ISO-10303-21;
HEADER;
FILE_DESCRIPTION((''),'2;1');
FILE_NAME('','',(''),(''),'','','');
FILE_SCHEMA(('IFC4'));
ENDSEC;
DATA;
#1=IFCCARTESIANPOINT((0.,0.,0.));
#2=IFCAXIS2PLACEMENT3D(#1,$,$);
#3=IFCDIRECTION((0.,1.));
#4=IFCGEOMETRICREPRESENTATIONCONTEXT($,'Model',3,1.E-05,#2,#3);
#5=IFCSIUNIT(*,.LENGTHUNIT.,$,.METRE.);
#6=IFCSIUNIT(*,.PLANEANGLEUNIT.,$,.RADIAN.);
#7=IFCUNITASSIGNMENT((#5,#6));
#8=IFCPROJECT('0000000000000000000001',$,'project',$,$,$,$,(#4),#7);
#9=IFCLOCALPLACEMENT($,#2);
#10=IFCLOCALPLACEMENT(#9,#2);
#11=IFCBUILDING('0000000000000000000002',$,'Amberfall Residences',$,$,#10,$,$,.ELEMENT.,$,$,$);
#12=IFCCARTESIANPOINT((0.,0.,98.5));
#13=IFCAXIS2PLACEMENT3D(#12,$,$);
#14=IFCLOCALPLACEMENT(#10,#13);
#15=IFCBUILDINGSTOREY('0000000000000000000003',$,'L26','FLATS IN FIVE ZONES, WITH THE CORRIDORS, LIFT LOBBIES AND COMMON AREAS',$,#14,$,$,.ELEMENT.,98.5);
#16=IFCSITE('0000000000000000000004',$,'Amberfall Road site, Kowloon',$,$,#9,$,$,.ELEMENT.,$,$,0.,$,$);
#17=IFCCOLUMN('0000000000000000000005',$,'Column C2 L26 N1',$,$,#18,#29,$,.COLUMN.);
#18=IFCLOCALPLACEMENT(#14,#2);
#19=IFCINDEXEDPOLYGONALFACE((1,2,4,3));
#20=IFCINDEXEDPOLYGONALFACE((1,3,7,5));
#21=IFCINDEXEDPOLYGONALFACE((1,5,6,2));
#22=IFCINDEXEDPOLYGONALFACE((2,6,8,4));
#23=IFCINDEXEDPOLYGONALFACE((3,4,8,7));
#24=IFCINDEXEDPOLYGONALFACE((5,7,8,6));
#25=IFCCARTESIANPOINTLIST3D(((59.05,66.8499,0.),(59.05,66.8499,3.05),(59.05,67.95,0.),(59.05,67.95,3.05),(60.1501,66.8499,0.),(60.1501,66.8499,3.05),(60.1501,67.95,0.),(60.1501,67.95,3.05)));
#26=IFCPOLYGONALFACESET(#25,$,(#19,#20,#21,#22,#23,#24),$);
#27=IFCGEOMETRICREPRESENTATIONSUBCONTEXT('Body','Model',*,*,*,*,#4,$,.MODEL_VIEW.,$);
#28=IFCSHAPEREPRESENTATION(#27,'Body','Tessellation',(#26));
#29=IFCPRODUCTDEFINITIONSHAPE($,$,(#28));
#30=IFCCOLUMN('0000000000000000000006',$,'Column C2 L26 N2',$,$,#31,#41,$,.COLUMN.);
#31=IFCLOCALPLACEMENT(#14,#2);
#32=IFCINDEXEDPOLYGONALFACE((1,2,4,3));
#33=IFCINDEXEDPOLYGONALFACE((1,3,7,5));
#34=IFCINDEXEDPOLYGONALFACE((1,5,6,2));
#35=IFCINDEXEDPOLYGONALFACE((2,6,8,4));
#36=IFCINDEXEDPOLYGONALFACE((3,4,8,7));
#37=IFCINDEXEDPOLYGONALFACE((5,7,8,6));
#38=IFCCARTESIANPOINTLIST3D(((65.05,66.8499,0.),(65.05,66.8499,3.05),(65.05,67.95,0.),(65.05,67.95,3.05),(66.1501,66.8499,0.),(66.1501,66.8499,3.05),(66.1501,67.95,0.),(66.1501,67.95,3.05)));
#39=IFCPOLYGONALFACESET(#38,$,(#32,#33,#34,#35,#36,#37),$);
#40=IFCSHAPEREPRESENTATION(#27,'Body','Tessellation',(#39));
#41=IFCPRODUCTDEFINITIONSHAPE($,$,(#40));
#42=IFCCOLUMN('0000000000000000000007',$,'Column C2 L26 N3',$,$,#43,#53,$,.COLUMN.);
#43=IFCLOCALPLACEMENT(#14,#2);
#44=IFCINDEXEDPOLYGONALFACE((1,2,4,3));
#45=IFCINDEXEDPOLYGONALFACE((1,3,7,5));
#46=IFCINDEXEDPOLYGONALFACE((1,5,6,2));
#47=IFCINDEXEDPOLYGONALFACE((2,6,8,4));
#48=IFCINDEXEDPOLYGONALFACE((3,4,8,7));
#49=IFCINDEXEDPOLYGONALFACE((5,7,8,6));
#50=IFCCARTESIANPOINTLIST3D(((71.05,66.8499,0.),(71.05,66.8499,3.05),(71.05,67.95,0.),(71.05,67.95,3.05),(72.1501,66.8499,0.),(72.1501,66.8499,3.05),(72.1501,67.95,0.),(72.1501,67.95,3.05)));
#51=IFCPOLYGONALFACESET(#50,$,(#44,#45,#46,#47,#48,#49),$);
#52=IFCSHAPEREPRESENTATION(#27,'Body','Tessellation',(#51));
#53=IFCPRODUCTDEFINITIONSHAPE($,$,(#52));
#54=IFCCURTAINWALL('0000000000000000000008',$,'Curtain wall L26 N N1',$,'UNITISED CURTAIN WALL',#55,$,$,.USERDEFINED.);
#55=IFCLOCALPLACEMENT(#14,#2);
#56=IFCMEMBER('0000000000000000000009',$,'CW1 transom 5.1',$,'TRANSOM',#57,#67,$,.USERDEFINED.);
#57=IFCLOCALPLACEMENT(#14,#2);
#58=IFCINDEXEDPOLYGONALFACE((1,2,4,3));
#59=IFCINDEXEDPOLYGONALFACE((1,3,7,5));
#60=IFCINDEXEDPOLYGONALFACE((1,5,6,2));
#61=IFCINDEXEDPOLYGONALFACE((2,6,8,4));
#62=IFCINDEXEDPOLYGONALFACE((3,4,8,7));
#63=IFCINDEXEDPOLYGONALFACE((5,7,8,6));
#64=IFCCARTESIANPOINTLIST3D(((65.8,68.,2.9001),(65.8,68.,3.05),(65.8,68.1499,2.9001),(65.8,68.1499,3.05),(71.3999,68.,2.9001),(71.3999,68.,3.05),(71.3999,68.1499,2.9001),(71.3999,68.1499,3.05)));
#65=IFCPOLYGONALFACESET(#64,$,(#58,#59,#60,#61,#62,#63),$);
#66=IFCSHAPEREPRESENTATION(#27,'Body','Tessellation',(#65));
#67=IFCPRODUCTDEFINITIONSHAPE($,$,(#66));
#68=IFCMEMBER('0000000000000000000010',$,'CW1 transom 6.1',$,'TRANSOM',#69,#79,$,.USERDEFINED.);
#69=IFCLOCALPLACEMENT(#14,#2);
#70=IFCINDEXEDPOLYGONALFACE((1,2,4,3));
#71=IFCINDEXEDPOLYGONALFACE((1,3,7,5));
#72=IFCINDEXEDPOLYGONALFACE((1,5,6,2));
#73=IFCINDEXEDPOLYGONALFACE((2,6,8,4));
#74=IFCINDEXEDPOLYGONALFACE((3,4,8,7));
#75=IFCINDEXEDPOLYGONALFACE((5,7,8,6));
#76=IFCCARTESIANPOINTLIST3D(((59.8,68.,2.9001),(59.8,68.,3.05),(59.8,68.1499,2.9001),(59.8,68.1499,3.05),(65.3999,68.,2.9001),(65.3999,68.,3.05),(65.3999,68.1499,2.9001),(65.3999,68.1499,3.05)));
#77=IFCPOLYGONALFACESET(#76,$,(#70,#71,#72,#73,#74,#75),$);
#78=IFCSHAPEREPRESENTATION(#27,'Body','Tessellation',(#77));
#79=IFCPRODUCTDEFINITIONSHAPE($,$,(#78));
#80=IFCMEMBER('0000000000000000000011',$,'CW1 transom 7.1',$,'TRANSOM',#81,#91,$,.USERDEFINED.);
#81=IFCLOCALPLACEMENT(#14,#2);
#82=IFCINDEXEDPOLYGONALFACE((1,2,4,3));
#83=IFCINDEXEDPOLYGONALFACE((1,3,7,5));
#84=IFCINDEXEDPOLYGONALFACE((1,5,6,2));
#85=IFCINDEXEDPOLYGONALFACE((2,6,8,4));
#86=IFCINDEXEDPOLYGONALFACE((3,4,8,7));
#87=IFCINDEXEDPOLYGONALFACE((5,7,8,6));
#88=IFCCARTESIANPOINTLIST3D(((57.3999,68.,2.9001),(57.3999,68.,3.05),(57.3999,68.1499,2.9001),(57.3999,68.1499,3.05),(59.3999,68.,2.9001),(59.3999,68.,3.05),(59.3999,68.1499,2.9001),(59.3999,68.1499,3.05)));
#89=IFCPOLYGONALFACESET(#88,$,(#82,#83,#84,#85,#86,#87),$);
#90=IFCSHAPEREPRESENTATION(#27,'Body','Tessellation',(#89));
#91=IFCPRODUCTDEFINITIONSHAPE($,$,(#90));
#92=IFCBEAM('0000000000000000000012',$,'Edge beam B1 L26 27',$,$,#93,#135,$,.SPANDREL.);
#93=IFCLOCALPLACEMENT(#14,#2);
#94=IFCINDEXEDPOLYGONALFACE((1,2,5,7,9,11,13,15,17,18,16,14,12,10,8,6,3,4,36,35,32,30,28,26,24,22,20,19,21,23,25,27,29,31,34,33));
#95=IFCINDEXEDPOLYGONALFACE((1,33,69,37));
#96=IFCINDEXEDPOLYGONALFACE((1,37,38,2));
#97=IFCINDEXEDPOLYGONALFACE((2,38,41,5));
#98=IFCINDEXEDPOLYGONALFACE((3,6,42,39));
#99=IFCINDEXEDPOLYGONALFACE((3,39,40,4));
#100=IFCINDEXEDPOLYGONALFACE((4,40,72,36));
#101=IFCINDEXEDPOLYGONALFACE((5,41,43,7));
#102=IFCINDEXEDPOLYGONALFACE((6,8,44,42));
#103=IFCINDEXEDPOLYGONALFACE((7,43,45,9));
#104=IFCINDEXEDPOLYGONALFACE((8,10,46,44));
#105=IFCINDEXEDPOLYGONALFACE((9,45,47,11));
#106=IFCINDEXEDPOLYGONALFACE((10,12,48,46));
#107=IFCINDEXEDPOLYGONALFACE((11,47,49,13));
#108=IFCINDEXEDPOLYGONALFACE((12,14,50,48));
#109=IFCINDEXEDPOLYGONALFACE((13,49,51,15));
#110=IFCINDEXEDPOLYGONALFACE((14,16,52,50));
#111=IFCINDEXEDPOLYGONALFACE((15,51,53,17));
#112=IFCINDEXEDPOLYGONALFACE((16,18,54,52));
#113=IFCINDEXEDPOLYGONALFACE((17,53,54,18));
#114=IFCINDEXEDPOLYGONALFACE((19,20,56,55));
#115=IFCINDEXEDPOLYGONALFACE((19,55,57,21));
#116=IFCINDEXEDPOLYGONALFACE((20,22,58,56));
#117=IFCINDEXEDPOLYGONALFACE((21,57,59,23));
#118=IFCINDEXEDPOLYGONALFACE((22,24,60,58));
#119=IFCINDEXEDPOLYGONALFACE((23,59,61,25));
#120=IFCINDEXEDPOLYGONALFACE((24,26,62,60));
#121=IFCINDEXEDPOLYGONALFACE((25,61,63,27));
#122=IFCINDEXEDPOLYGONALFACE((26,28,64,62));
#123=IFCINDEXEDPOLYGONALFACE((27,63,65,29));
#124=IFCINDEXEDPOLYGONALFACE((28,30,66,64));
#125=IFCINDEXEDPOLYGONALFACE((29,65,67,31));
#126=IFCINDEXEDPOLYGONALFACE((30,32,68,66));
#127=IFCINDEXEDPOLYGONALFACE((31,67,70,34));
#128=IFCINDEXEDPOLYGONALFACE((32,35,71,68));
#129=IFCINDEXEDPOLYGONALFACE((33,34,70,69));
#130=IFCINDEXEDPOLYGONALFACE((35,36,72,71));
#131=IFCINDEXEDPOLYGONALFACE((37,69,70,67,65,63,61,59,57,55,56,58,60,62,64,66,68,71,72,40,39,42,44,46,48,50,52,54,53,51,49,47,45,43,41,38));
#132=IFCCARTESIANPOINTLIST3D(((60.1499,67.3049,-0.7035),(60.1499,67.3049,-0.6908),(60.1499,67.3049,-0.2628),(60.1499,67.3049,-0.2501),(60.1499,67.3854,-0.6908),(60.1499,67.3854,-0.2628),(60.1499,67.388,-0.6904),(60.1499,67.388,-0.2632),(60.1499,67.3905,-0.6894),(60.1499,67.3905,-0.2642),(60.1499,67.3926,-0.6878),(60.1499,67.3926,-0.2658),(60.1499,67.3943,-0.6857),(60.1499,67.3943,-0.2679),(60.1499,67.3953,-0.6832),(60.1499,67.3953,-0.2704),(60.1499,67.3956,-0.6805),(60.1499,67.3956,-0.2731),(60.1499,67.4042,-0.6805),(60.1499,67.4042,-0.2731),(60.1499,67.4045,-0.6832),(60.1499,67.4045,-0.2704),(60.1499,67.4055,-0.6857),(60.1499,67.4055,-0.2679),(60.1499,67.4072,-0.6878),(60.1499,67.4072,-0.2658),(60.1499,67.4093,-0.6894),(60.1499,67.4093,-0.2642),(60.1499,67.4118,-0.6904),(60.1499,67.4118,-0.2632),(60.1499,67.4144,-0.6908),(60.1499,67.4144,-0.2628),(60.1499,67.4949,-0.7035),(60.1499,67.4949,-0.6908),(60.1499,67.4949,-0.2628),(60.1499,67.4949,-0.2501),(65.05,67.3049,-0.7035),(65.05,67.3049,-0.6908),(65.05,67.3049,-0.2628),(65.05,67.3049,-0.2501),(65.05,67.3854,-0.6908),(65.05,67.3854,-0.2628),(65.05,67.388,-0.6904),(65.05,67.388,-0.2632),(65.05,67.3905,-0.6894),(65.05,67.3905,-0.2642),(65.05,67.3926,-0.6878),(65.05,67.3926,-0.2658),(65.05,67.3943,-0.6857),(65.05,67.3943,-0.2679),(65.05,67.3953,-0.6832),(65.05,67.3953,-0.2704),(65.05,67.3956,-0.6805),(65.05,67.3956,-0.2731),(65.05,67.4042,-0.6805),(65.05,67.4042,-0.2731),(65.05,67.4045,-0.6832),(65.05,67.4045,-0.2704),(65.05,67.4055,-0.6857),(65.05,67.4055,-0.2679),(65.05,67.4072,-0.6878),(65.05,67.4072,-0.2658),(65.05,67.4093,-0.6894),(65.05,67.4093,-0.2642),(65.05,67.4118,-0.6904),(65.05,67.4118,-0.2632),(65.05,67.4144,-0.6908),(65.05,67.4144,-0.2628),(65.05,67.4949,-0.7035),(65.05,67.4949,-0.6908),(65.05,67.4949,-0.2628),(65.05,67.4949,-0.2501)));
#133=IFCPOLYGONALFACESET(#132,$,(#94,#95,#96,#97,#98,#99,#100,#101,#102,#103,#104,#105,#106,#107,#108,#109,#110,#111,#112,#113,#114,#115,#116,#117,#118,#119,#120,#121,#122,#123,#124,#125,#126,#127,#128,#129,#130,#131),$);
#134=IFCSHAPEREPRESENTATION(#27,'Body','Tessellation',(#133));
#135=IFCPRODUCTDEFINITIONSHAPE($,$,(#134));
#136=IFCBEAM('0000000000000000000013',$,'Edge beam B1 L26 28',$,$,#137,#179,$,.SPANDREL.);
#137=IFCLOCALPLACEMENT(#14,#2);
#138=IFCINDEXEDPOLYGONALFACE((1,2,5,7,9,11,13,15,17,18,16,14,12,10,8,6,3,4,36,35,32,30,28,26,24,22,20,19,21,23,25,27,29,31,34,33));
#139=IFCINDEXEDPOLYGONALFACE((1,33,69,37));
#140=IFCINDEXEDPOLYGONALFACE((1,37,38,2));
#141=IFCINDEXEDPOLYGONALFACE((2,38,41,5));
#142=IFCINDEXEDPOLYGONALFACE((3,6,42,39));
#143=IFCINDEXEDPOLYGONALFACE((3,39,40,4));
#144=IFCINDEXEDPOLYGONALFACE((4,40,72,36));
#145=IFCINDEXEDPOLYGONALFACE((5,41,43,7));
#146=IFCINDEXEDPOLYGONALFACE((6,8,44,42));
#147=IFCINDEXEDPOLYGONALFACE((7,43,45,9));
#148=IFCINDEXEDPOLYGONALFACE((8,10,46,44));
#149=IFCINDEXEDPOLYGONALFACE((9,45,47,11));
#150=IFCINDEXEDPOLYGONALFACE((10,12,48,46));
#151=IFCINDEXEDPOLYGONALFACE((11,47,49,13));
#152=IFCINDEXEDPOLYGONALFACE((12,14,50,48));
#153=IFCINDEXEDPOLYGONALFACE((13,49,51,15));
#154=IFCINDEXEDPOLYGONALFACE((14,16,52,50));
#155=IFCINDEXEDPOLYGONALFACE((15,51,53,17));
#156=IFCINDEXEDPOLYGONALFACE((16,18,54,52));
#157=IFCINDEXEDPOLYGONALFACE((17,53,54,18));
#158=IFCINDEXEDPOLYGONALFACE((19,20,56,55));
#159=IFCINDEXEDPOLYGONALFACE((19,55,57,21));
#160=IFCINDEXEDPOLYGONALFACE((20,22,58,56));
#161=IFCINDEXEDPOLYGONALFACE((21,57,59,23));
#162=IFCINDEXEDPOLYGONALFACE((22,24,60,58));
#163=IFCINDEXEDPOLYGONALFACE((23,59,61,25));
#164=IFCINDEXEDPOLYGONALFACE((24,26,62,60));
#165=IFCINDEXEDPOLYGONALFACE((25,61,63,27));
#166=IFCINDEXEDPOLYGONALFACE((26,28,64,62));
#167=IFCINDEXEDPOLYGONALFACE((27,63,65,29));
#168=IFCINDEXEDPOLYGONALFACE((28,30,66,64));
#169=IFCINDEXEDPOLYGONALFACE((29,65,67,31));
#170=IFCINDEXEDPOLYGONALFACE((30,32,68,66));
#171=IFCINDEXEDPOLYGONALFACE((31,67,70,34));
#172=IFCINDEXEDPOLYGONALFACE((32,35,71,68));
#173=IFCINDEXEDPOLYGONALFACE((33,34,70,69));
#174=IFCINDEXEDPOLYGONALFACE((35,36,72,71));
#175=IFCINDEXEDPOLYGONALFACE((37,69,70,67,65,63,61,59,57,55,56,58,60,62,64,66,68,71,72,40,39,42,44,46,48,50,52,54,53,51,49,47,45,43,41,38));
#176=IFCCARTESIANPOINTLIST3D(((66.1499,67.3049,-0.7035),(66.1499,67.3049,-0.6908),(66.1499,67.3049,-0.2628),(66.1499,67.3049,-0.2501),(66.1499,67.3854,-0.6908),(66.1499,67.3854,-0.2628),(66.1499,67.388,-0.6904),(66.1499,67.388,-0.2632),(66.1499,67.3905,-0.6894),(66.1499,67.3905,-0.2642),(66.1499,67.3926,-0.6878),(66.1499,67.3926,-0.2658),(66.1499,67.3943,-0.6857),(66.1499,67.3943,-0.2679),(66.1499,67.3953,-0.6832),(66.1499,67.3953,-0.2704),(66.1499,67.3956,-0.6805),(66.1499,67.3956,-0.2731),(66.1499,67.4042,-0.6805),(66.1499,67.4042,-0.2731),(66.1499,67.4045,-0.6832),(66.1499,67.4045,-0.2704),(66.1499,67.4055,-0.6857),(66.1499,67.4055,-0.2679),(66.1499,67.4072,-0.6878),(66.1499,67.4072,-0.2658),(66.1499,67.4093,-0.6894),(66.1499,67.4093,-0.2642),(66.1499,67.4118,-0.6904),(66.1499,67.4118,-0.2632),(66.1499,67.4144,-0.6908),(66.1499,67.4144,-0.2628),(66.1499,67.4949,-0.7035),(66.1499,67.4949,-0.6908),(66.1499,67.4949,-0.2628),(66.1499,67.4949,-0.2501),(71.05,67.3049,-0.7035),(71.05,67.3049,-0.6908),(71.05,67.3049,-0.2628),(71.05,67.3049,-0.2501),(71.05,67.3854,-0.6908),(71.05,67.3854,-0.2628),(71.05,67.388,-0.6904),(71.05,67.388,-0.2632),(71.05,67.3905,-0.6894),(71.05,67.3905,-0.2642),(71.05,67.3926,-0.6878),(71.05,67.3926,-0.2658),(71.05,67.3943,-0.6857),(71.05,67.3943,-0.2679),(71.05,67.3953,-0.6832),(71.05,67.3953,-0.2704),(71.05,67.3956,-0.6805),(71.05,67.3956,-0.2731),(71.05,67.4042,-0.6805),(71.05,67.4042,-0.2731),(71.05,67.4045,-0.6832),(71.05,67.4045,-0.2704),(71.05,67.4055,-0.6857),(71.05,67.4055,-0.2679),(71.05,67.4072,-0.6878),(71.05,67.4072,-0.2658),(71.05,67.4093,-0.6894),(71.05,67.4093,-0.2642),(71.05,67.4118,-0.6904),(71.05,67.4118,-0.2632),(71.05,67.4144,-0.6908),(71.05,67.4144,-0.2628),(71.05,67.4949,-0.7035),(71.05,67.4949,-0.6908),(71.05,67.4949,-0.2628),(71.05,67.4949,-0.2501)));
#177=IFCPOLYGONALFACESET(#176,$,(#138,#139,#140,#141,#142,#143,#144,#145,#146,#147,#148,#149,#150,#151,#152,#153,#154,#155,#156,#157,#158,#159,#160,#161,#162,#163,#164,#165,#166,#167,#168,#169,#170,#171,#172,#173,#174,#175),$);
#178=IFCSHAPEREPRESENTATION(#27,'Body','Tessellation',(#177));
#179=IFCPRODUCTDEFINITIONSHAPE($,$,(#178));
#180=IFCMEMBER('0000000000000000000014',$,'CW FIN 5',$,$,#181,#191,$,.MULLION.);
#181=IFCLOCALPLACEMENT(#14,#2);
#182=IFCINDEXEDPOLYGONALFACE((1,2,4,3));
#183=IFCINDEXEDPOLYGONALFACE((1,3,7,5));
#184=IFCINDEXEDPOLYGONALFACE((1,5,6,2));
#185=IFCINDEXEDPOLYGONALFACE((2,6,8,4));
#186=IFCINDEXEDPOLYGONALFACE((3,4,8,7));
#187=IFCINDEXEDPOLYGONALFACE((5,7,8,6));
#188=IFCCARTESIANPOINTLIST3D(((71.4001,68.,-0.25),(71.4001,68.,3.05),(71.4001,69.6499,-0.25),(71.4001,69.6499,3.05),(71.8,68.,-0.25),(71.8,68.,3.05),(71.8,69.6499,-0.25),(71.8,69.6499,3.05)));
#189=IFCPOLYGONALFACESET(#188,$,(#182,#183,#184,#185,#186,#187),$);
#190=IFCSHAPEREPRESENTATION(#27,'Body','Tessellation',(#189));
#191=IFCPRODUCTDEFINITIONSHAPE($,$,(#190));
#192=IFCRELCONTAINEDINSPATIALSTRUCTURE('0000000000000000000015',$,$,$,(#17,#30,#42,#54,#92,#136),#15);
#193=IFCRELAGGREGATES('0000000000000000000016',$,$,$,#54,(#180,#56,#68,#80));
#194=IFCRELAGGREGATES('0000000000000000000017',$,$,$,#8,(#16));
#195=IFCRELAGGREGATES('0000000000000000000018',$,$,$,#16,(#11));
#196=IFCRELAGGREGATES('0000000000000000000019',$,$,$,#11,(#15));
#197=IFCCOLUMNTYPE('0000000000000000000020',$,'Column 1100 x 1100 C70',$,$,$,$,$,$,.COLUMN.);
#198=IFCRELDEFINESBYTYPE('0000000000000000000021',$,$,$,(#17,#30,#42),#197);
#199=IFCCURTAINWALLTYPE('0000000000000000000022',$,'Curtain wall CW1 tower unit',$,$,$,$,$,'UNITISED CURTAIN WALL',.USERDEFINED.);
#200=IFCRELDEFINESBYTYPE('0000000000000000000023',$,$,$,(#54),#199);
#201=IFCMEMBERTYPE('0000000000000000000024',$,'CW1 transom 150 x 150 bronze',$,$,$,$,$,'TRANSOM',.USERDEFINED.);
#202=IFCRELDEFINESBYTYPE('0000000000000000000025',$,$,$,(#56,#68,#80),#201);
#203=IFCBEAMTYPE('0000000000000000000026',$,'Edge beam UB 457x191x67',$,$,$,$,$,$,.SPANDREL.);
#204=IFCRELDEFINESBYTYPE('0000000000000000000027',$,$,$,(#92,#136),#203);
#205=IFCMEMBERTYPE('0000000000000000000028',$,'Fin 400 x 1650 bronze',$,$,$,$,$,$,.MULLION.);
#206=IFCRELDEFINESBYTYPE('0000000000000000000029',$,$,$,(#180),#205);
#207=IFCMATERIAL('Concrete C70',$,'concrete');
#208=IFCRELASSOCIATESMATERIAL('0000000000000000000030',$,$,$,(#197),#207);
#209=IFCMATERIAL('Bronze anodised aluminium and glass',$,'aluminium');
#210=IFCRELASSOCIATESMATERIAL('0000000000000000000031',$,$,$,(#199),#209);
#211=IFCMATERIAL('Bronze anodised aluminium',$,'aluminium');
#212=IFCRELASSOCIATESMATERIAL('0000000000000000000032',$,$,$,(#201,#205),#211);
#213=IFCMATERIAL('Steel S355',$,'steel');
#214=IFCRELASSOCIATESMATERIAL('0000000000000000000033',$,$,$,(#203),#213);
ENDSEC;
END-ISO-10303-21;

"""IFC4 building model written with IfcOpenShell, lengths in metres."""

from ifc_helpers import new_model, si_unit, direction, frame, origin, origin_2d, place, context, subcontext, project, spatial, rectangle, i_section, extrude, material, material_profile, profile_set, type_object, element, aggregate, save


model = new_model("IFC4")

# Units and contexts
model_context = context("Model", 3, precision=1e-05, world=origin(), true_north=direction((0.0, 1.0)))
body_context = subcontext(model_context, "Body", "Model", "MODEL_VIEW")
ifc_project = project(units=[si_unit("LENGTHUNIT", "METRE"), si_unit("PLANEANGLEUNIT", "RADIAN")], contexts=[model_context])

# Site, building, storey
site_placement = place(None, origin())
site = spatial("IfcSite", under=ifc_project, at=site_placement, Name="Amberfall Road site, Kowloon", CompositionType="ELEMENT", RefElevation=0.0)
building_placement = place(site_placement, origin())
building = spatial("IfcBuilding", under=site, at=building_placement, Name="Amberfall Residences", CompositionType="ELEMENT")
storey_placement = place(building_placement, frame((0.0, 0.0, 98.5)))
storey = spatial("IfcBuildingStorey", under=building, at=storey_placement, Name="L26", Description="FLATS IN FIVE ZONES, WITH THE CORRIDORS, LIFT LOBBIES AND COMMON AREAS", CompositionType="ELEMENT", Elevation=98.5)

# Columns
ifc_material_1 = material(Name="Concrete C70", Category="concrete")
ifc_material_profile_1 = material_profile(ifc_material_1, rectangle(XDim=1.1001, YDim=1.1001, at=origin_2d()), Name="Column 1100 x 1100 C70")
ifc_profile_set_1 = profile_set([ifc_material_profile_1], Name="Concrete C70")
column_type = type_object("IfcColumnType", Name="Column 1100 x 1100 C70", PredefinedType="COLUMN", material=ifc_profile_set_1)
for number, where, z_axis, x_axis, name in (
    (1, (59.6001, 67.3999, 0.0), (0.0, 0.0, 1.0), (1.0, 0.0, 0.0), "Column C2 L26 N1"),
    (2, (65.6001, 67.3999, 0.0), (0.0, 0.0, 1.0), (1.0, 0.0, 0.0), "Column C2 L26 N2"),
    (3, (71.6001, 67.3999, 0.0), (0.0, 0.0, 1.0), (1.0, 0.0, 0.0), "Column C2 L26 N3"),
):
    element("IfcColumn", number, at=place(storey_placement, frame(where, z_axis=z_axis, x_axis=x_axis)), inside=storey, type_object=column_type, Name=name, PredefinedType="COLUMN", context=body_context, shape_type="SweptSolid", body=[
        extrude(rectangle(XDim=1.1001, YDim=1.1001, at=origin_2d()), origin(), (0.0, 0.0, 1.0), 3.05),
    ])

# Curtain wall, members
ifc_material_2 = material(Name="Bronze anodised aluminium and glass", Category="aluminium")
curtain_wall_type = type_object("IfcCurtainWallType", Name="Curtain wall CW1 tower unit", ElementType="UNITISED CURTAIN WALL", PredefinedType="USERDEFINED", material=ifc_material_2)
curtain_wall_placement = place(storey_placement, origin())
curtain_wall = element("IfcCurtainWall", 4, at=curtain_wall_placement, inside=storey, type_object=curtain_wall_type, Name="Curtain wall L26 N N1", ObjectType="UNITISED CURTAIN WALL", PredefinedType="USERDEFINED")
ifc_material_3 = material(Name="Bronze anodised aluminium", Category="aluminium")
ifc_material_profile_2 = material_profile(ifc_material_3, rectangle(XDim=0.1499, YDim=0.1499, at=origin_2d()), Name="CW1 transom 150 x 150 bronze")
ifc_profile_set_2 = profile_set([ifc_material_profile_2], Name="Bronze anodised aluminium")
member_type_1 = type_object("IfcMemberType", Name="CW1 transom 150 x 150 bronze", ElementType="TRANSOM", PredefinedType="USERDEFINED", material=ifc_profile_set_2)
member_1_placement = place(storey_placement, frame((71.3999, 68.075, 2.9751), z_axis=(-1.0, 0.0, 0.0), x_axis=(0.0, -1.0, 0.0)))
member_1 = element("IfcMember", 5, at=member_1_placement, type_object=member_type_1, Name="CW1 transom 5.1", ObjectType="TRANSOM", PredefinedType="USERDEFINED", context=body_context, shape_type="SweptSolid", body=[
    extrude(rectangle(XDim=0.1499, YDim=0.1499, at=origin_2d()), origin(), (0.0, 0.0, 1.0), 5.5999),
])
member_2_placement = place(storey_placement, frame((65.3999, 68.075, 2.9751), z_axis=(-1.0, 0.0, 0.0), x_axis=(0.0, -1.0, 0.0)))
member_2 = element("IfcMember", 6, at=member_2_placement, type_object=member_type_1, Name="CW1 transom 6.1", ObjectType="TRANSOM", PredefinedType="USERDEFINED", context=body_context, shape_type="SweptSolid", body=[
    extrude(rectangle(XDim=0.1499, YDim=0.1499, at=origin_2d()), origin(), (0.0, 0.0, 1.0), 5.5999),
])
member_3_placement = place(storey_placement, frame((59.3999, 68.075, 2.9751), z_axis=(-1.0, 0.0, 0.0), x_axis=(0.0, -1.0, 0.0)))
member_3 = element("IfcMember", 7, at=member_3_placement, type_object=member_type_1, Name="CW1 transom 7.1", ObjectType="TRANSOM", PredefinedType="USERDEFINED", context=body_context, shape_type="SweptSolid", body=[
    extrude(rectangle(XDim=0.1499, YDim=0.1499, at=origin_2d()), origin(), (0.0, 0.0, 1.0), 2.0),
])

# Beams
ifc_material_4 = material(Name="Steel S355", Category="steel")
ifc_material_profile_3 = material_profile(ifc_material_4, i_section(OverallWidth=0.1899, OverallDepth=0.4534, WebThickness=0.0085, FlangeThickness=0.0127, FilletRadius=0.0103, at=origin_2d()), Name="UB 457x191x67")
ifc_profile_set_3 = profile_set([ifc_material_profile_3], Name="Steel S355")
beam_type_1 = type_object("IfcBeamType", Name="Edge beam UB 457x191x67", PredefinedType="SPANDREL", material=ifc_profile_set_3)
for number, where, z_axis, x_axis, name in (
    (8, (60.1499, 67.3999, -0.4768), (1.0, 0.0, 0.0), (0.0, 1.0, 0.0), "Edge beam B1 L26 27"),
    (9, (66.1499, 67.3999, -0.4768), (1.0, 0.0, 0.0), (0.0, 1.0, 0.0), "Edge beam B1 L26 28"),
):
    element("IfcBeam", number, at=place(storey_placement, frame(where, z_axis=z_axis, x_axis=x_axis)), inside=storey, type_object=beam_type_1, Name=name, PredefinedType="SPANDREL", context=body_context, shape_type="SweptSolid", body=[
        extrude(i_section(OverallWidth=0.1899, OverallDepth=0.4534, WebThickness=0.0085, FlangeThickness=0.0127, FilletRadius=0.0103, at=origin_2d()), origin(), (0.0, 0.0, 1.0), 4.9001),
    ])

# Member
ifc_material_profile_4 = material_profile(ifc_material_3, rectangle(XDim=1.6499, YDim=0.3999, at=origin_2d()), Name="Fin 400 x 1650 bronze")
ifc_profile_set_4 = profile_set([ifc_material_profile_4], Name="Bronze anodised aluminium")
member_type_2 = type_object("IfcMemberType", Name="Fin 400 x 1650 bronze", PredefinedType="MULLION", material=ifc_profile_set_4)
member_4_placement = place(storey_placement, frame((71.6001, 68.825, -0.25), z_axis=(0.0, 0.0, 1.0), x_axis=(0.0, -1.0, 0.0)))
member_4 = element("IfcMember", 10, at=member_4_placement, type_object=member_type_2, Name="CW FIN 5", PredefinedType="MULLION", context=body_context, shape_type="SweptSolid", body=[
    extrude(rectangle(XDim=1.6499, YDim=0.3999, at=origin_2d()), origin(), (0.0, 0.0, 1.0), 3.3),
])

aggregate(curtain_wall, [member_4, member_1, member_2, member_3])

save(model, "model.ifc")
